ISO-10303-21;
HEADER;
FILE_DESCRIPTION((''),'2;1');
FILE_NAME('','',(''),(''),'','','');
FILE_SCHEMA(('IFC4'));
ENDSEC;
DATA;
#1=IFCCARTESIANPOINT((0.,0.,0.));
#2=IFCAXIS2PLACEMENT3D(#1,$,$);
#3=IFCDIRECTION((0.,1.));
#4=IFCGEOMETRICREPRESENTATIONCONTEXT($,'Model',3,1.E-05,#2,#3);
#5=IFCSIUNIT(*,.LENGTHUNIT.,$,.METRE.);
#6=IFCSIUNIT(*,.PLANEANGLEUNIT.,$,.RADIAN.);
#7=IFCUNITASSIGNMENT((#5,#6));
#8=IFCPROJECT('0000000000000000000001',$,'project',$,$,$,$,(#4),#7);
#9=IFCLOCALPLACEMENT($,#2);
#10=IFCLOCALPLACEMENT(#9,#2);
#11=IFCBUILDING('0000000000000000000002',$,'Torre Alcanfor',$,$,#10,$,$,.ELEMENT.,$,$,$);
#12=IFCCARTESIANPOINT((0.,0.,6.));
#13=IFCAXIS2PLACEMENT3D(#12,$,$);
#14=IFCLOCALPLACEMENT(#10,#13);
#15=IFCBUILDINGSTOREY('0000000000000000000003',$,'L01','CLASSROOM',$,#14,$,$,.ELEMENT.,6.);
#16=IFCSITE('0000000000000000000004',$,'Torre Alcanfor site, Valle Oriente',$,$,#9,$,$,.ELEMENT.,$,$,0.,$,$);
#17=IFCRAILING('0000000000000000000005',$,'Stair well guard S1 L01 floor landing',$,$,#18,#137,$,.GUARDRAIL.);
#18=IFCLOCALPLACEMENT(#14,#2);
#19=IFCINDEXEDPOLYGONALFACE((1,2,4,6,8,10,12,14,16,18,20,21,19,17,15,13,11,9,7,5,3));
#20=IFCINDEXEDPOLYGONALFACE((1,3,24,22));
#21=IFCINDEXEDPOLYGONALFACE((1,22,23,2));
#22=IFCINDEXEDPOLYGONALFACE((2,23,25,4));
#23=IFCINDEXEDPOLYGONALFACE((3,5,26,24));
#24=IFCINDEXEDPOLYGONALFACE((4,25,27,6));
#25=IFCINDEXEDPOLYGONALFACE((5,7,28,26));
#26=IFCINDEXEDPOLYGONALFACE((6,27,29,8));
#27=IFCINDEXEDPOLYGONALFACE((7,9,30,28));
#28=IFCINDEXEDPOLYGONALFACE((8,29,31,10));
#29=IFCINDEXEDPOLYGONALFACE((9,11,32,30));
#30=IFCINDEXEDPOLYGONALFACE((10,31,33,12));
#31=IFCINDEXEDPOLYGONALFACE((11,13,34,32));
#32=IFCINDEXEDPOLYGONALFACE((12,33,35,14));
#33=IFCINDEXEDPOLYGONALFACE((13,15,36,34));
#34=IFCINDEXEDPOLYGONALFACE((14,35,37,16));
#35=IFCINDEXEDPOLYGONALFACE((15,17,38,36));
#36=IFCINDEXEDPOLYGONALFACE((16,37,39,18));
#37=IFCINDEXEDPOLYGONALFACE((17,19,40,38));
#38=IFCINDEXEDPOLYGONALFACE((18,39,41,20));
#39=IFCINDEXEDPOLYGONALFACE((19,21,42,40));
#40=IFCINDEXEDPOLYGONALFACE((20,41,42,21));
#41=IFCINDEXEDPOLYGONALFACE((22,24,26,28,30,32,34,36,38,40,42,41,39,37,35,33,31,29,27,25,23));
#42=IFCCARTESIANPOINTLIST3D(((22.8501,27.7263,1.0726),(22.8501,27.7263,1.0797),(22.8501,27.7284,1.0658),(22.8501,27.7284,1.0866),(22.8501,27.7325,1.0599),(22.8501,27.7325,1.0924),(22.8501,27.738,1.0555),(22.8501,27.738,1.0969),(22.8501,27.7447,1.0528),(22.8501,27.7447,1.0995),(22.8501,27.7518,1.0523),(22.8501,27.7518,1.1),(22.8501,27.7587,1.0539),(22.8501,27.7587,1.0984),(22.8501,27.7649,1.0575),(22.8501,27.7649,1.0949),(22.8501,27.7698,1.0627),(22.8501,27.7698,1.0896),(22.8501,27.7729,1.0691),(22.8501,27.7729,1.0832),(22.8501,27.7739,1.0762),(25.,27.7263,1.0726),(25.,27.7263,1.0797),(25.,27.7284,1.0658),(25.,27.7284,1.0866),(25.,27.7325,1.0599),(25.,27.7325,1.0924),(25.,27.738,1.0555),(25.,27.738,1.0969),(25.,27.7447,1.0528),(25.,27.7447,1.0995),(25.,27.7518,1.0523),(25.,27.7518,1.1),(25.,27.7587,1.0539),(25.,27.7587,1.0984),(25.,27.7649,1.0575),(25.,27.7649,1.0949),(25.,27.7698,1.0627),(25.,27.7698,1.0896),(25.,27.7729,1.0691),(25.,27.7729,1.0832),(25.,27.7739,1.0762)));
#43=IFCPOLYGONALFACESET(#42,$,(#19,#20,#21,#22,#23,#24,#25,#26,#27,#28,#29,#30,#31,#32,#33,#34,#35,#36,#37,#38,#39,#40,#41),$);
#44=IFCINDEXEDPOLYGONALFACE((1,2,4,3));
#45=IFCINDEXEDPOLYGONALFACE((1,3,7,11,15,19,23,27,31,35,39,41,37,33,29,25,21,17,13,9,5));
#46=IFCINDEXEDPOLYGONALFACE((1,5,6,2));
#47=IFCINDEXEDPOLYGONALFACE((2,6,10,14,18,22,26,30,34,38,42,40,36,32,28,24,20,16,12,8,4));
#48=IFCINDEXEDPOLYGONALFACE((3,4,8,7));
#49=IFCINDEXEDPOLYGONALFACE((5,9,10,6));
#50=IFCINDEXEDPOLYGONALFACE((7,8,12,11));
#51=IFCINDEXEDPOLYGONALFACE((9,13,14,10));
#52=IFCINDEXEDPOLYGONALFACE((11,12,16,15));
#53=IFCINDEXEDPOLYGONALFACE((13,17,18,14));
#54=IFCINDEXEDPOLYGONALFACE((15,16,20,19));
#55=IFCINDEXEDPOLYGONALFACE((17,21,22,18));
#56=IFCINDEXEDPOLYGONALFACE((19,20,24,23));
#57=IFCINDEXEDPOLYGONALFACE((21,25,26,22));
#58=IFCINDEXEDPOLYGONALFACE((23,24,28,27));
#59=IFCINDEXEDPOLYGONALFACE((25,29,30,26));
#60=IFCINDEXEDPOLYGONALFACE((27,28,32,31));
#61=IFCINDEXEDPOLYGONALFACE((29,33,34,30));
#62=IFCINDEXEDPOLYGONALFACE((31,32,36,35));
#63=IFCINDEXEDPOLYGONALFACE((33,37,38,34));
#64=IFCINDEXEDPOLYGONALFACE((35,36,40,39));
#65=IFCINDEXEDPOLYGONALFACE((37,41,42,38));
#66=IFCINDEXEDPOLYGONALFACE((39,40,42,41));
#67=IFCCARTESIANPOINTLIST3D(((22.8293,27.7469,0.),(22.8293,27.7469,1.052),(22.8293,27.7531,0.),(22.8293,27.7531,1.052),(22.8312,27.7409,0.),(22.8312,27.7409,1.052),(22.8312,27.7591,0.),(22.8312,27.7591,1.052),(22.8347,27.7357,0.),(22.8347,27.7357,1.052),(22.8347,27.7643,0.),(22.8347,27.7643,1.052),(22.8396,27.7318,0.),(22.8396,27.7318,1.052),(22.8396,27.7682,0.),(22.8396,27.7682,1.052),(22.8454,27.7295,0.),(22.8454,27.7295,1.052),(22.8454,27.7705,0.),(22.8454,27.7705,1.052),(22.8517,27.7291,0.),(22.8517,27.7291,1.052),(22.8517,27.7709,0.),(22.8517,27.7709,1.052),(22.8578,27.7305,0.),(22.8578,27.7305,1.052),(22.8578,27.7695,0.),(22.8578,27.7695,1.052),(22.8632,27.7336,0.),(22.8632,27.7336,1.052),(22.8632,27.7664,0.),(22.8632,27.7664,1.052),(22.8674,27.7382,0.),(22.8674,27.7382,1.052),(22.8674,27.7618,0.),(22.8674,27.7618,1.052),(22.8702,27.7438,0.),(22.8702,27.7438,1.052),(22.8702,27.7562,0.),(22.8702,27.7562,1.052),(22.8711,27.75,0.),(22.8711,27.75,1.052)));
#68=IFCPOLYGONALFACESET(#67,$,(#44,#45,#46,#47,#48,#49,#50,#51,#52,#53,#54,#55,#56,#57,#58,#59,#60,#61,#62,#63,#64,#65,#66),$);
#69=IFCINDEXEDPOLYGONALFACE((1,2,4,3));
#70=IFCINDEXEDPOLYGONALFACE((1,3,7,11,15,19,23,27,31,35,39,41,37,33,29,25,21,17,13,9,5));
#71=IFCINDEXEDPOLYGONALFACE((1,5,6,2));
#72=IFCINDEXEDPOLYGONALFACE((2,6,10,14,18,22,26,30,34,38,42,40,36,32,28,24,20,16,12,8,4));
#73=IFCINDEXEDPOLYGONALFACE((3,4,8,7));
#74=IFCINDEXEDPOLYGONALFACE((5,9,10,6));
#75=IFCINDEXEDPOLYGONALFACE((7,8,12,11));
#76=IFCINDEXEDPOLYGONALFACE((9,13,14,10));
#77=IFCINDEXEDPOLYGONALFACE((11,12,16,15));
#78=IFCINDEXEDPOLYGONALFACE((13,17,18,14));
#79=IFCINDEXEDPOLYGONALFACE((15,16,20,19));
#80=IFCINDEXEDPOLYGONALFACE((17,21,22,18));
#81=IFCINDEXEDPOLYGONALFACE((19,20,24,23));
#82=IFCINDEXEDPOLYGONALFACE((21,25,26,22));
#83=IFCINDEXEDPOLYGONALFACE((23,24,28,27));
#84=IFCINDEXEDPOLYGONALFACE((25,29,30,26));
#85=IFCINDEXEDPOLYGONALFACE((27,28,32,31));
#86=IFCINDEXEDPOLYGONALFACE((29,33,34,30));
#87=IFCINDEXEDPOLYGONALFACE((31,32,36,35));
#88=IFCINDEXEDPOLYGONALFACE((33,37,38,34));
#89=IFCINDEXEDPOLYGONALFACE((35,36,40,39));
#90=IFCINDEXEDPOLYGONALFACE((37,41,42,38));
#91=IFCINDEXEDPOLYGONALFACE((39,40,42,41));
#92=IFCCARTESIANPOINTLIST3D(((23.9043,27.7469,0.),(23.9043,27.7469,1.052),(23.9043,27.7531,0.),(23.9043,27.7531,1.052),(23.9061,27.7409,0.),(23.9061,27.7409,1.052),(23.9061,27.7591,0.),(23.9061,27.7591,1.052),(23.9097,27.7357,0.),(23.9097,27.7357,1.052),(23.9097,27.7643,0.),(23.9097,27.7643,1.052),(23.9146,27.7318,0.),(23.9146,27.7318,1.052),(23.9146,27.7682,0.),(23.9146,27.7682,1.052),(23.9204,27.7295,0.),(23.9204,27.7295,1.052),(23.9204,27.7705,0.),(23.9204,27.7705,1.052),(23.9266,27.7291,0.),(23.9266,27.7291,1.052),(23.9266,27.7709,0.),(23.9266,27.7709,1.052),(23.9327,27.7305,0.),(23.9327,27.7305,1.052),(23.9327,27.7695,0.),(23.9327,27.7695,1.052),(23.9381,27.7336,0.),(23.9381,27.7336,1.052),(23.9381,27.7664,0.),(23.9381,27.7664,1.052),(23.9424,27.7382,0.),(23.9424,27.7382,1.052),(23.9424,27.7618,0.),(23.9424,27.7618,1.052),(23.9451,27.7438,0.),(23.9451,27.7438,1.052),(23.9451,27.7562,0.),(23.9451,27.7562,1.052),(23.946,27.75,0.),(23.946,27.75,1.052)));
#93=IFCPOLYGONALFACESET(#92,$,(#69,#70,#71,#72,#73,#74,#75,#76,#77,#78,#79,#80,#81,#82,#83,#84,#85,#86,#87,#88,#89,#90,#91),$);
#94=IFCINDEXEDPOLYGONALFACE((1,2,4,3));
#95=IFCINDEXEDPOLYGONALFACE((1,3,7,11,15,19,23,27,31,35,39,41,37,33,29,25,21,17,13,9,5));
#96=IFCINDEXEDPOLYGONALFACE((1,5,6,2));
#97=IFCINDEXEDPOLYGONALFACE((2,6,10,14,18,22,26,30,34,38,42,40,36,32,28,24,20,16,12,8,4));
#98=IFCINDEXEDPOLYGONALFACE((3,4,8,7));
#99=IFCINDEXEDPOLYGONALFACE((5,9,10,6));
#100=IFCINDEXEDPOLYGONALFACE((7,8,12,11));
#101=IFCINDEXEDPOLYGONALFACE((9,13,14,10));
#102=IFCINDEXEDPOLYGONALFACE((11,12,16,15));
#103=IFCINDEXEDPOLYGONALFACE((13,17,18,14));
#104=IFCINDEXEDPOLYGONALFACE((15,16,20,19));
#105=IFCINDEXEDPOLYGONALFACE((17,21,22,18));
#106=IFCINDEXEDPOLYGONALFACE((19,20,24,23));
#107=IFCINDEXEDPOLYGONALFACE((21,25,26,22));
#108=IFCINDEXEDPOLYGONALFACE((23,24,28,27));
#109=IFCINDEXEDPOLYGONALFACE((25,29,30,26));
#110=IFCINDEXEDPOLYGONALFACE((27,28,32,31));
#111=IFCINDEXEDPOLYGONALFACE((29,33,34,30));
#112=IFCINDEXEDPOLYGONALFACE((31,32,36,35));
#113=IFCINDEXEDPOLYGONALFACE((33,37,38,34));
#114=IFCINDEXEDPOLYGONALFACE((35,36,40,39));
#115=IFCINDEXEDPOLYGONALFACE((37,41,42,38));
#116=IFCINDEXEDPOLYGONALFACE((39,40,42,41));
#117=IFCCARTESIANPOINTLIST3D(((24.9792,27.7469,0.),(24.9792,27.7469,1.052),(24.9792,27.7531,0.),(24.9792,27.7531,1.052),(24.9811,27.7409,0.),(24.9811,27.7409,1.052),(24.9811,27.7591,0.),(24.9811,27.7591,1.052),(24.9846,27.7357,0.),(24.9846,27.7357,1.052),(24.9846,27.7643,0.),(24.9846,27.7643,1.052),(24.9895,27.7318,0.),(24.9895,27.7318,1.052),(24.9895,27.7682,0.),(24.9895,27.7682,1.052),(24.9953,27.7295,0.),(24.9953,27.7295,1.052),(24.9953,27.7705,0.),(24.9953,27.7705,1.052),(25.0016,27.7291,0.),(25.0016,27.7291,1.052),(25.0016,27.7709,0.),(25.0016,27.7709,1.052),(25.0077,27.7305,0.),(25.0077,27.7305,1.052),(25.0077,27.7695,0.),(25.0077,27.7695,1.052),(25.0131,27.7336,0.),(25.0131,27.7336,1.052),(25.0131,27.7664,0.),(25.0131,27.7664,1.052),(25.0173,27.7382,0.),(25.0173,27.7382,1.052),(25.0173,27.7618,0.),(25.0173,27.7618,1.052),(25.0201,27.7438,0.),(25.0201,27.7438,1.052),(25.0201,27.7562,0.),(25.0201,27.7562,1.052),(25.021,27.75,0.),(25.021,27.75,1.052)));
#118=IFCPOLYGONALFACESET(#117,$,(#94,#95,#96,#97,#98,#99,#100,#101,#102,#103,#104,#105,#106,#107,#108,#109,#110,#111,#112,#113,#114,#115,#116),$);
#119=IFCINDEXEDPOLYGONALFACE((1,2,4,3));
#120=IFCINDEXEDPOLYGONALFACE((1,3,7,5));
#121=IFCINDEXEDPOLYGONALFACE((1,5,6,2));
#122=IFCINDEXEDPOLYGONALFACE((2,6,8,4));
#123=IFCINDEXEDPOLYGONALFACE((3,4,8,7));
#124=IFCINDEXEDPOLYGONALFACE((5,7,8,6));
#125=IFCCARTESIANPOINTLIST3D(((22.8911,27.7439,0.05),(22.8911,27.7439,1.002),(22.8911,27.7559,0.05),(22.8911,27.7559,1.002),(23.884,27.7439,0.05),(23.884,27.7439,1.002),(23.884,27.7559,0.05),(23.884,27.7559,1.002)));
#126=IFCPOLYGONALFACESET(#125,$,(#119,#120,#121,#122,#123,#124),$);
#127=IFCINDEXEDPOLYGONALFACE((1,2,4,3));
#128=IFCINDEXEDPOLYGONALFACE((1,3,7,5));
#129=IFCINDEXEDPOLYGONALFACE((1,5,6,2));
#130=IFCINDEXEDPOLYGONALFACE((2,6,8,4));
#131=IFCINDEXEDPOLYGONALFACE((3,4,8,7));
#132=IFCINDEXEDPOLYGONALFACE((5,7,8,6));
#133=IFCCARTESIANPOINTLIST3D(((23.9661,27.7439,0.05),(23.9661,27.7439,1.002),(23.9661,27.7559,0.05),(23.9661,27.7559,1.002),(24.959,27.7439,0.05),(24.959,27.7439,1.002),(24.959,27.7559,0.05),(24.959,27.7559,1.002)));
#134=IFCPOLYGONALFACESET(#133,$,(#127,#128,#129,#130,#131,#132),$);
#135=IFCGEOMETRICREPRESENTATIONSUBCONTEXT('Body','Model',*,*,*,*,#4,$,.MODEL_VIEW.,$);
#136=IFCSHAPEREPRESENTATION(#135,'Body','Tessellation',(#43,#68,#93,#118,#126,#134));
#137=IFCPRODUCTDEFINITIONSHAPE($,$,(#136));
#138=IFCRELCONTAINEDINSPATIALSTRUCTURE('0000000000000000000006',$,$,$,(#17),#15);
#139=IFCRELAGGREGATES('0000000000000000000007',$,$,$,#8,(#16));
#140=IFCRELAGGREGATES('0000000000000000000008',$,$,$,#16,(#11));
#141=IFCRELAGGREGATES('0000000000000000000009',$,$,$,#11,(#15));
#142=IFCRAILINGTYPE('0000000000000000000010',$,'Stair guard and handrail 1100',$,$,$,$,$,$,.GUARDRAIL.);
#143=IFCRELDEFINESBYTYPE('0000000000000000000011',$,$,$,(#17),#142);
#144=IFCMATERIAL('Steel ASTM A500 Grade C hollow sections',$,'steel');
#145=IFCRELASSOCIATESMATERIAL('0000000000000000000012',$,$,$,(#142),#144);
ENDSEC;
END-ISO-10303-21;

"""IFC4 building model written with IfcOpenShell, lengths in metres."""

from ifc_helpers import new_model, si_unit, direction, frame, origin, origin_2d, place, context, subcontext, project, spatial, polyline, circle, outline, extrude, material, type_object, element, save


model = new_model("IFC4")

# Units and contexts
model_context = context("Model", 3, precision=1e-05, world=origin(), true_north=direction((0.0, 1.0)))
body_context = subcontext(model_context, "Body", "Model", "MODEL_VIEW")
ifc_project = project(units=[si_unit("LENGTHUNIT", "METRE"), si_unit("PLANEANGLEUNIT", "RADIAN")], contexts=[model_context])

# Site, building, storey
site_placement = place(None, origin())
site = spatial("IfcSite", under=ifc_project, at=site_placement, Name="Torre Alcanfor site, Valle Oriente", CompositionType="ELEMENT", RefElevation=0.0)
building_placement = place(site_placement, origin())
building = spatial("IfcBuilding", under=site, at=building_placement, Name="Torre Alcanfor", CompositionType="ELEMENT")
storey_placement = place(building_placement, frame((0.0, 0.0, 6.0)))
storey = spatial("IfcBuildingStorey", under=building, at=storey_placement, Name="L01", Description="CLASSROOM", CompositionType="ELEMENT", Elevation=6.0)

# Railing
ifc_material_1 = material(Name="Steel ASTM A500 Grade C hollow sections", Category="steel")
railing_type_1 = type_object("IfcRailingType", Name="Stair guard and handrail 1100", PredefinedType="GUARDRAIL", material=ifc_material_1)
for number, where, name in (
    (1, (22.8501, 27.75, 0.0), "Stair well guard S1 L01 floor landing"),
):
    element("IfcRailing", number, at=place(storey_placement, frame(where)), inside=storey, type_object=railing_type_1, Name=name, PredefinedType="GUARDRAIL", context=body_context, shape_type="SweptSolid", body=[
        extrude(circle(Radius=0.0239, at=origin_2d()), frame((0.0, 0.0, 1.0762), z_axis=(1.0, 0.0, 0.0), x_axis=(0.0, 1.0, 0.0)), (0.0, 0.0, 1.0), 2.1499),
        extrude(circle(Radius=0.021, at=origin_2d()), origin(), (0.0, 0.0, 1.0), 1.052),
        extrude(circle(Radius=0.021, at=origin_2d()), frame((1.075, 0.0, 0.0)), (0.0, 0.0, 1.0), 1.052),
        extrude(circle(Radius=0.021, at=origin_2d()), frame((2.1499, 0.0, 0.0)), (0.0, 0.0, 1.0), 1.052),
        extrude(outline(polyline([(0.041, 0.05), (1.0339, 0.05), (1.0339, 1.002), (0.041, 1.002), (0.041, 0.05)])), frame((0.0, 0.0059, 0.0), z_axis=(0.0, -1.0, 0.0), x_axis=(1.0, 0.0, 0.0)), (0.0, 0.0, 1.0), 0.012),
        extrude(outline(polyline([(1.116, 0.05), (2.1089, 0.05), (2.1089, 1.002), (1.116, 1.002), (1.116, 0.05)])), frame((0.0, 0.0059, 0.0), z_axis=(0.0, -1.0, 0.0), x_axis=(1.0, 0.0, 0.0)), (0.0, 0.0, 1.0), 0.012),
    ])

save(model, "model.ifc")
